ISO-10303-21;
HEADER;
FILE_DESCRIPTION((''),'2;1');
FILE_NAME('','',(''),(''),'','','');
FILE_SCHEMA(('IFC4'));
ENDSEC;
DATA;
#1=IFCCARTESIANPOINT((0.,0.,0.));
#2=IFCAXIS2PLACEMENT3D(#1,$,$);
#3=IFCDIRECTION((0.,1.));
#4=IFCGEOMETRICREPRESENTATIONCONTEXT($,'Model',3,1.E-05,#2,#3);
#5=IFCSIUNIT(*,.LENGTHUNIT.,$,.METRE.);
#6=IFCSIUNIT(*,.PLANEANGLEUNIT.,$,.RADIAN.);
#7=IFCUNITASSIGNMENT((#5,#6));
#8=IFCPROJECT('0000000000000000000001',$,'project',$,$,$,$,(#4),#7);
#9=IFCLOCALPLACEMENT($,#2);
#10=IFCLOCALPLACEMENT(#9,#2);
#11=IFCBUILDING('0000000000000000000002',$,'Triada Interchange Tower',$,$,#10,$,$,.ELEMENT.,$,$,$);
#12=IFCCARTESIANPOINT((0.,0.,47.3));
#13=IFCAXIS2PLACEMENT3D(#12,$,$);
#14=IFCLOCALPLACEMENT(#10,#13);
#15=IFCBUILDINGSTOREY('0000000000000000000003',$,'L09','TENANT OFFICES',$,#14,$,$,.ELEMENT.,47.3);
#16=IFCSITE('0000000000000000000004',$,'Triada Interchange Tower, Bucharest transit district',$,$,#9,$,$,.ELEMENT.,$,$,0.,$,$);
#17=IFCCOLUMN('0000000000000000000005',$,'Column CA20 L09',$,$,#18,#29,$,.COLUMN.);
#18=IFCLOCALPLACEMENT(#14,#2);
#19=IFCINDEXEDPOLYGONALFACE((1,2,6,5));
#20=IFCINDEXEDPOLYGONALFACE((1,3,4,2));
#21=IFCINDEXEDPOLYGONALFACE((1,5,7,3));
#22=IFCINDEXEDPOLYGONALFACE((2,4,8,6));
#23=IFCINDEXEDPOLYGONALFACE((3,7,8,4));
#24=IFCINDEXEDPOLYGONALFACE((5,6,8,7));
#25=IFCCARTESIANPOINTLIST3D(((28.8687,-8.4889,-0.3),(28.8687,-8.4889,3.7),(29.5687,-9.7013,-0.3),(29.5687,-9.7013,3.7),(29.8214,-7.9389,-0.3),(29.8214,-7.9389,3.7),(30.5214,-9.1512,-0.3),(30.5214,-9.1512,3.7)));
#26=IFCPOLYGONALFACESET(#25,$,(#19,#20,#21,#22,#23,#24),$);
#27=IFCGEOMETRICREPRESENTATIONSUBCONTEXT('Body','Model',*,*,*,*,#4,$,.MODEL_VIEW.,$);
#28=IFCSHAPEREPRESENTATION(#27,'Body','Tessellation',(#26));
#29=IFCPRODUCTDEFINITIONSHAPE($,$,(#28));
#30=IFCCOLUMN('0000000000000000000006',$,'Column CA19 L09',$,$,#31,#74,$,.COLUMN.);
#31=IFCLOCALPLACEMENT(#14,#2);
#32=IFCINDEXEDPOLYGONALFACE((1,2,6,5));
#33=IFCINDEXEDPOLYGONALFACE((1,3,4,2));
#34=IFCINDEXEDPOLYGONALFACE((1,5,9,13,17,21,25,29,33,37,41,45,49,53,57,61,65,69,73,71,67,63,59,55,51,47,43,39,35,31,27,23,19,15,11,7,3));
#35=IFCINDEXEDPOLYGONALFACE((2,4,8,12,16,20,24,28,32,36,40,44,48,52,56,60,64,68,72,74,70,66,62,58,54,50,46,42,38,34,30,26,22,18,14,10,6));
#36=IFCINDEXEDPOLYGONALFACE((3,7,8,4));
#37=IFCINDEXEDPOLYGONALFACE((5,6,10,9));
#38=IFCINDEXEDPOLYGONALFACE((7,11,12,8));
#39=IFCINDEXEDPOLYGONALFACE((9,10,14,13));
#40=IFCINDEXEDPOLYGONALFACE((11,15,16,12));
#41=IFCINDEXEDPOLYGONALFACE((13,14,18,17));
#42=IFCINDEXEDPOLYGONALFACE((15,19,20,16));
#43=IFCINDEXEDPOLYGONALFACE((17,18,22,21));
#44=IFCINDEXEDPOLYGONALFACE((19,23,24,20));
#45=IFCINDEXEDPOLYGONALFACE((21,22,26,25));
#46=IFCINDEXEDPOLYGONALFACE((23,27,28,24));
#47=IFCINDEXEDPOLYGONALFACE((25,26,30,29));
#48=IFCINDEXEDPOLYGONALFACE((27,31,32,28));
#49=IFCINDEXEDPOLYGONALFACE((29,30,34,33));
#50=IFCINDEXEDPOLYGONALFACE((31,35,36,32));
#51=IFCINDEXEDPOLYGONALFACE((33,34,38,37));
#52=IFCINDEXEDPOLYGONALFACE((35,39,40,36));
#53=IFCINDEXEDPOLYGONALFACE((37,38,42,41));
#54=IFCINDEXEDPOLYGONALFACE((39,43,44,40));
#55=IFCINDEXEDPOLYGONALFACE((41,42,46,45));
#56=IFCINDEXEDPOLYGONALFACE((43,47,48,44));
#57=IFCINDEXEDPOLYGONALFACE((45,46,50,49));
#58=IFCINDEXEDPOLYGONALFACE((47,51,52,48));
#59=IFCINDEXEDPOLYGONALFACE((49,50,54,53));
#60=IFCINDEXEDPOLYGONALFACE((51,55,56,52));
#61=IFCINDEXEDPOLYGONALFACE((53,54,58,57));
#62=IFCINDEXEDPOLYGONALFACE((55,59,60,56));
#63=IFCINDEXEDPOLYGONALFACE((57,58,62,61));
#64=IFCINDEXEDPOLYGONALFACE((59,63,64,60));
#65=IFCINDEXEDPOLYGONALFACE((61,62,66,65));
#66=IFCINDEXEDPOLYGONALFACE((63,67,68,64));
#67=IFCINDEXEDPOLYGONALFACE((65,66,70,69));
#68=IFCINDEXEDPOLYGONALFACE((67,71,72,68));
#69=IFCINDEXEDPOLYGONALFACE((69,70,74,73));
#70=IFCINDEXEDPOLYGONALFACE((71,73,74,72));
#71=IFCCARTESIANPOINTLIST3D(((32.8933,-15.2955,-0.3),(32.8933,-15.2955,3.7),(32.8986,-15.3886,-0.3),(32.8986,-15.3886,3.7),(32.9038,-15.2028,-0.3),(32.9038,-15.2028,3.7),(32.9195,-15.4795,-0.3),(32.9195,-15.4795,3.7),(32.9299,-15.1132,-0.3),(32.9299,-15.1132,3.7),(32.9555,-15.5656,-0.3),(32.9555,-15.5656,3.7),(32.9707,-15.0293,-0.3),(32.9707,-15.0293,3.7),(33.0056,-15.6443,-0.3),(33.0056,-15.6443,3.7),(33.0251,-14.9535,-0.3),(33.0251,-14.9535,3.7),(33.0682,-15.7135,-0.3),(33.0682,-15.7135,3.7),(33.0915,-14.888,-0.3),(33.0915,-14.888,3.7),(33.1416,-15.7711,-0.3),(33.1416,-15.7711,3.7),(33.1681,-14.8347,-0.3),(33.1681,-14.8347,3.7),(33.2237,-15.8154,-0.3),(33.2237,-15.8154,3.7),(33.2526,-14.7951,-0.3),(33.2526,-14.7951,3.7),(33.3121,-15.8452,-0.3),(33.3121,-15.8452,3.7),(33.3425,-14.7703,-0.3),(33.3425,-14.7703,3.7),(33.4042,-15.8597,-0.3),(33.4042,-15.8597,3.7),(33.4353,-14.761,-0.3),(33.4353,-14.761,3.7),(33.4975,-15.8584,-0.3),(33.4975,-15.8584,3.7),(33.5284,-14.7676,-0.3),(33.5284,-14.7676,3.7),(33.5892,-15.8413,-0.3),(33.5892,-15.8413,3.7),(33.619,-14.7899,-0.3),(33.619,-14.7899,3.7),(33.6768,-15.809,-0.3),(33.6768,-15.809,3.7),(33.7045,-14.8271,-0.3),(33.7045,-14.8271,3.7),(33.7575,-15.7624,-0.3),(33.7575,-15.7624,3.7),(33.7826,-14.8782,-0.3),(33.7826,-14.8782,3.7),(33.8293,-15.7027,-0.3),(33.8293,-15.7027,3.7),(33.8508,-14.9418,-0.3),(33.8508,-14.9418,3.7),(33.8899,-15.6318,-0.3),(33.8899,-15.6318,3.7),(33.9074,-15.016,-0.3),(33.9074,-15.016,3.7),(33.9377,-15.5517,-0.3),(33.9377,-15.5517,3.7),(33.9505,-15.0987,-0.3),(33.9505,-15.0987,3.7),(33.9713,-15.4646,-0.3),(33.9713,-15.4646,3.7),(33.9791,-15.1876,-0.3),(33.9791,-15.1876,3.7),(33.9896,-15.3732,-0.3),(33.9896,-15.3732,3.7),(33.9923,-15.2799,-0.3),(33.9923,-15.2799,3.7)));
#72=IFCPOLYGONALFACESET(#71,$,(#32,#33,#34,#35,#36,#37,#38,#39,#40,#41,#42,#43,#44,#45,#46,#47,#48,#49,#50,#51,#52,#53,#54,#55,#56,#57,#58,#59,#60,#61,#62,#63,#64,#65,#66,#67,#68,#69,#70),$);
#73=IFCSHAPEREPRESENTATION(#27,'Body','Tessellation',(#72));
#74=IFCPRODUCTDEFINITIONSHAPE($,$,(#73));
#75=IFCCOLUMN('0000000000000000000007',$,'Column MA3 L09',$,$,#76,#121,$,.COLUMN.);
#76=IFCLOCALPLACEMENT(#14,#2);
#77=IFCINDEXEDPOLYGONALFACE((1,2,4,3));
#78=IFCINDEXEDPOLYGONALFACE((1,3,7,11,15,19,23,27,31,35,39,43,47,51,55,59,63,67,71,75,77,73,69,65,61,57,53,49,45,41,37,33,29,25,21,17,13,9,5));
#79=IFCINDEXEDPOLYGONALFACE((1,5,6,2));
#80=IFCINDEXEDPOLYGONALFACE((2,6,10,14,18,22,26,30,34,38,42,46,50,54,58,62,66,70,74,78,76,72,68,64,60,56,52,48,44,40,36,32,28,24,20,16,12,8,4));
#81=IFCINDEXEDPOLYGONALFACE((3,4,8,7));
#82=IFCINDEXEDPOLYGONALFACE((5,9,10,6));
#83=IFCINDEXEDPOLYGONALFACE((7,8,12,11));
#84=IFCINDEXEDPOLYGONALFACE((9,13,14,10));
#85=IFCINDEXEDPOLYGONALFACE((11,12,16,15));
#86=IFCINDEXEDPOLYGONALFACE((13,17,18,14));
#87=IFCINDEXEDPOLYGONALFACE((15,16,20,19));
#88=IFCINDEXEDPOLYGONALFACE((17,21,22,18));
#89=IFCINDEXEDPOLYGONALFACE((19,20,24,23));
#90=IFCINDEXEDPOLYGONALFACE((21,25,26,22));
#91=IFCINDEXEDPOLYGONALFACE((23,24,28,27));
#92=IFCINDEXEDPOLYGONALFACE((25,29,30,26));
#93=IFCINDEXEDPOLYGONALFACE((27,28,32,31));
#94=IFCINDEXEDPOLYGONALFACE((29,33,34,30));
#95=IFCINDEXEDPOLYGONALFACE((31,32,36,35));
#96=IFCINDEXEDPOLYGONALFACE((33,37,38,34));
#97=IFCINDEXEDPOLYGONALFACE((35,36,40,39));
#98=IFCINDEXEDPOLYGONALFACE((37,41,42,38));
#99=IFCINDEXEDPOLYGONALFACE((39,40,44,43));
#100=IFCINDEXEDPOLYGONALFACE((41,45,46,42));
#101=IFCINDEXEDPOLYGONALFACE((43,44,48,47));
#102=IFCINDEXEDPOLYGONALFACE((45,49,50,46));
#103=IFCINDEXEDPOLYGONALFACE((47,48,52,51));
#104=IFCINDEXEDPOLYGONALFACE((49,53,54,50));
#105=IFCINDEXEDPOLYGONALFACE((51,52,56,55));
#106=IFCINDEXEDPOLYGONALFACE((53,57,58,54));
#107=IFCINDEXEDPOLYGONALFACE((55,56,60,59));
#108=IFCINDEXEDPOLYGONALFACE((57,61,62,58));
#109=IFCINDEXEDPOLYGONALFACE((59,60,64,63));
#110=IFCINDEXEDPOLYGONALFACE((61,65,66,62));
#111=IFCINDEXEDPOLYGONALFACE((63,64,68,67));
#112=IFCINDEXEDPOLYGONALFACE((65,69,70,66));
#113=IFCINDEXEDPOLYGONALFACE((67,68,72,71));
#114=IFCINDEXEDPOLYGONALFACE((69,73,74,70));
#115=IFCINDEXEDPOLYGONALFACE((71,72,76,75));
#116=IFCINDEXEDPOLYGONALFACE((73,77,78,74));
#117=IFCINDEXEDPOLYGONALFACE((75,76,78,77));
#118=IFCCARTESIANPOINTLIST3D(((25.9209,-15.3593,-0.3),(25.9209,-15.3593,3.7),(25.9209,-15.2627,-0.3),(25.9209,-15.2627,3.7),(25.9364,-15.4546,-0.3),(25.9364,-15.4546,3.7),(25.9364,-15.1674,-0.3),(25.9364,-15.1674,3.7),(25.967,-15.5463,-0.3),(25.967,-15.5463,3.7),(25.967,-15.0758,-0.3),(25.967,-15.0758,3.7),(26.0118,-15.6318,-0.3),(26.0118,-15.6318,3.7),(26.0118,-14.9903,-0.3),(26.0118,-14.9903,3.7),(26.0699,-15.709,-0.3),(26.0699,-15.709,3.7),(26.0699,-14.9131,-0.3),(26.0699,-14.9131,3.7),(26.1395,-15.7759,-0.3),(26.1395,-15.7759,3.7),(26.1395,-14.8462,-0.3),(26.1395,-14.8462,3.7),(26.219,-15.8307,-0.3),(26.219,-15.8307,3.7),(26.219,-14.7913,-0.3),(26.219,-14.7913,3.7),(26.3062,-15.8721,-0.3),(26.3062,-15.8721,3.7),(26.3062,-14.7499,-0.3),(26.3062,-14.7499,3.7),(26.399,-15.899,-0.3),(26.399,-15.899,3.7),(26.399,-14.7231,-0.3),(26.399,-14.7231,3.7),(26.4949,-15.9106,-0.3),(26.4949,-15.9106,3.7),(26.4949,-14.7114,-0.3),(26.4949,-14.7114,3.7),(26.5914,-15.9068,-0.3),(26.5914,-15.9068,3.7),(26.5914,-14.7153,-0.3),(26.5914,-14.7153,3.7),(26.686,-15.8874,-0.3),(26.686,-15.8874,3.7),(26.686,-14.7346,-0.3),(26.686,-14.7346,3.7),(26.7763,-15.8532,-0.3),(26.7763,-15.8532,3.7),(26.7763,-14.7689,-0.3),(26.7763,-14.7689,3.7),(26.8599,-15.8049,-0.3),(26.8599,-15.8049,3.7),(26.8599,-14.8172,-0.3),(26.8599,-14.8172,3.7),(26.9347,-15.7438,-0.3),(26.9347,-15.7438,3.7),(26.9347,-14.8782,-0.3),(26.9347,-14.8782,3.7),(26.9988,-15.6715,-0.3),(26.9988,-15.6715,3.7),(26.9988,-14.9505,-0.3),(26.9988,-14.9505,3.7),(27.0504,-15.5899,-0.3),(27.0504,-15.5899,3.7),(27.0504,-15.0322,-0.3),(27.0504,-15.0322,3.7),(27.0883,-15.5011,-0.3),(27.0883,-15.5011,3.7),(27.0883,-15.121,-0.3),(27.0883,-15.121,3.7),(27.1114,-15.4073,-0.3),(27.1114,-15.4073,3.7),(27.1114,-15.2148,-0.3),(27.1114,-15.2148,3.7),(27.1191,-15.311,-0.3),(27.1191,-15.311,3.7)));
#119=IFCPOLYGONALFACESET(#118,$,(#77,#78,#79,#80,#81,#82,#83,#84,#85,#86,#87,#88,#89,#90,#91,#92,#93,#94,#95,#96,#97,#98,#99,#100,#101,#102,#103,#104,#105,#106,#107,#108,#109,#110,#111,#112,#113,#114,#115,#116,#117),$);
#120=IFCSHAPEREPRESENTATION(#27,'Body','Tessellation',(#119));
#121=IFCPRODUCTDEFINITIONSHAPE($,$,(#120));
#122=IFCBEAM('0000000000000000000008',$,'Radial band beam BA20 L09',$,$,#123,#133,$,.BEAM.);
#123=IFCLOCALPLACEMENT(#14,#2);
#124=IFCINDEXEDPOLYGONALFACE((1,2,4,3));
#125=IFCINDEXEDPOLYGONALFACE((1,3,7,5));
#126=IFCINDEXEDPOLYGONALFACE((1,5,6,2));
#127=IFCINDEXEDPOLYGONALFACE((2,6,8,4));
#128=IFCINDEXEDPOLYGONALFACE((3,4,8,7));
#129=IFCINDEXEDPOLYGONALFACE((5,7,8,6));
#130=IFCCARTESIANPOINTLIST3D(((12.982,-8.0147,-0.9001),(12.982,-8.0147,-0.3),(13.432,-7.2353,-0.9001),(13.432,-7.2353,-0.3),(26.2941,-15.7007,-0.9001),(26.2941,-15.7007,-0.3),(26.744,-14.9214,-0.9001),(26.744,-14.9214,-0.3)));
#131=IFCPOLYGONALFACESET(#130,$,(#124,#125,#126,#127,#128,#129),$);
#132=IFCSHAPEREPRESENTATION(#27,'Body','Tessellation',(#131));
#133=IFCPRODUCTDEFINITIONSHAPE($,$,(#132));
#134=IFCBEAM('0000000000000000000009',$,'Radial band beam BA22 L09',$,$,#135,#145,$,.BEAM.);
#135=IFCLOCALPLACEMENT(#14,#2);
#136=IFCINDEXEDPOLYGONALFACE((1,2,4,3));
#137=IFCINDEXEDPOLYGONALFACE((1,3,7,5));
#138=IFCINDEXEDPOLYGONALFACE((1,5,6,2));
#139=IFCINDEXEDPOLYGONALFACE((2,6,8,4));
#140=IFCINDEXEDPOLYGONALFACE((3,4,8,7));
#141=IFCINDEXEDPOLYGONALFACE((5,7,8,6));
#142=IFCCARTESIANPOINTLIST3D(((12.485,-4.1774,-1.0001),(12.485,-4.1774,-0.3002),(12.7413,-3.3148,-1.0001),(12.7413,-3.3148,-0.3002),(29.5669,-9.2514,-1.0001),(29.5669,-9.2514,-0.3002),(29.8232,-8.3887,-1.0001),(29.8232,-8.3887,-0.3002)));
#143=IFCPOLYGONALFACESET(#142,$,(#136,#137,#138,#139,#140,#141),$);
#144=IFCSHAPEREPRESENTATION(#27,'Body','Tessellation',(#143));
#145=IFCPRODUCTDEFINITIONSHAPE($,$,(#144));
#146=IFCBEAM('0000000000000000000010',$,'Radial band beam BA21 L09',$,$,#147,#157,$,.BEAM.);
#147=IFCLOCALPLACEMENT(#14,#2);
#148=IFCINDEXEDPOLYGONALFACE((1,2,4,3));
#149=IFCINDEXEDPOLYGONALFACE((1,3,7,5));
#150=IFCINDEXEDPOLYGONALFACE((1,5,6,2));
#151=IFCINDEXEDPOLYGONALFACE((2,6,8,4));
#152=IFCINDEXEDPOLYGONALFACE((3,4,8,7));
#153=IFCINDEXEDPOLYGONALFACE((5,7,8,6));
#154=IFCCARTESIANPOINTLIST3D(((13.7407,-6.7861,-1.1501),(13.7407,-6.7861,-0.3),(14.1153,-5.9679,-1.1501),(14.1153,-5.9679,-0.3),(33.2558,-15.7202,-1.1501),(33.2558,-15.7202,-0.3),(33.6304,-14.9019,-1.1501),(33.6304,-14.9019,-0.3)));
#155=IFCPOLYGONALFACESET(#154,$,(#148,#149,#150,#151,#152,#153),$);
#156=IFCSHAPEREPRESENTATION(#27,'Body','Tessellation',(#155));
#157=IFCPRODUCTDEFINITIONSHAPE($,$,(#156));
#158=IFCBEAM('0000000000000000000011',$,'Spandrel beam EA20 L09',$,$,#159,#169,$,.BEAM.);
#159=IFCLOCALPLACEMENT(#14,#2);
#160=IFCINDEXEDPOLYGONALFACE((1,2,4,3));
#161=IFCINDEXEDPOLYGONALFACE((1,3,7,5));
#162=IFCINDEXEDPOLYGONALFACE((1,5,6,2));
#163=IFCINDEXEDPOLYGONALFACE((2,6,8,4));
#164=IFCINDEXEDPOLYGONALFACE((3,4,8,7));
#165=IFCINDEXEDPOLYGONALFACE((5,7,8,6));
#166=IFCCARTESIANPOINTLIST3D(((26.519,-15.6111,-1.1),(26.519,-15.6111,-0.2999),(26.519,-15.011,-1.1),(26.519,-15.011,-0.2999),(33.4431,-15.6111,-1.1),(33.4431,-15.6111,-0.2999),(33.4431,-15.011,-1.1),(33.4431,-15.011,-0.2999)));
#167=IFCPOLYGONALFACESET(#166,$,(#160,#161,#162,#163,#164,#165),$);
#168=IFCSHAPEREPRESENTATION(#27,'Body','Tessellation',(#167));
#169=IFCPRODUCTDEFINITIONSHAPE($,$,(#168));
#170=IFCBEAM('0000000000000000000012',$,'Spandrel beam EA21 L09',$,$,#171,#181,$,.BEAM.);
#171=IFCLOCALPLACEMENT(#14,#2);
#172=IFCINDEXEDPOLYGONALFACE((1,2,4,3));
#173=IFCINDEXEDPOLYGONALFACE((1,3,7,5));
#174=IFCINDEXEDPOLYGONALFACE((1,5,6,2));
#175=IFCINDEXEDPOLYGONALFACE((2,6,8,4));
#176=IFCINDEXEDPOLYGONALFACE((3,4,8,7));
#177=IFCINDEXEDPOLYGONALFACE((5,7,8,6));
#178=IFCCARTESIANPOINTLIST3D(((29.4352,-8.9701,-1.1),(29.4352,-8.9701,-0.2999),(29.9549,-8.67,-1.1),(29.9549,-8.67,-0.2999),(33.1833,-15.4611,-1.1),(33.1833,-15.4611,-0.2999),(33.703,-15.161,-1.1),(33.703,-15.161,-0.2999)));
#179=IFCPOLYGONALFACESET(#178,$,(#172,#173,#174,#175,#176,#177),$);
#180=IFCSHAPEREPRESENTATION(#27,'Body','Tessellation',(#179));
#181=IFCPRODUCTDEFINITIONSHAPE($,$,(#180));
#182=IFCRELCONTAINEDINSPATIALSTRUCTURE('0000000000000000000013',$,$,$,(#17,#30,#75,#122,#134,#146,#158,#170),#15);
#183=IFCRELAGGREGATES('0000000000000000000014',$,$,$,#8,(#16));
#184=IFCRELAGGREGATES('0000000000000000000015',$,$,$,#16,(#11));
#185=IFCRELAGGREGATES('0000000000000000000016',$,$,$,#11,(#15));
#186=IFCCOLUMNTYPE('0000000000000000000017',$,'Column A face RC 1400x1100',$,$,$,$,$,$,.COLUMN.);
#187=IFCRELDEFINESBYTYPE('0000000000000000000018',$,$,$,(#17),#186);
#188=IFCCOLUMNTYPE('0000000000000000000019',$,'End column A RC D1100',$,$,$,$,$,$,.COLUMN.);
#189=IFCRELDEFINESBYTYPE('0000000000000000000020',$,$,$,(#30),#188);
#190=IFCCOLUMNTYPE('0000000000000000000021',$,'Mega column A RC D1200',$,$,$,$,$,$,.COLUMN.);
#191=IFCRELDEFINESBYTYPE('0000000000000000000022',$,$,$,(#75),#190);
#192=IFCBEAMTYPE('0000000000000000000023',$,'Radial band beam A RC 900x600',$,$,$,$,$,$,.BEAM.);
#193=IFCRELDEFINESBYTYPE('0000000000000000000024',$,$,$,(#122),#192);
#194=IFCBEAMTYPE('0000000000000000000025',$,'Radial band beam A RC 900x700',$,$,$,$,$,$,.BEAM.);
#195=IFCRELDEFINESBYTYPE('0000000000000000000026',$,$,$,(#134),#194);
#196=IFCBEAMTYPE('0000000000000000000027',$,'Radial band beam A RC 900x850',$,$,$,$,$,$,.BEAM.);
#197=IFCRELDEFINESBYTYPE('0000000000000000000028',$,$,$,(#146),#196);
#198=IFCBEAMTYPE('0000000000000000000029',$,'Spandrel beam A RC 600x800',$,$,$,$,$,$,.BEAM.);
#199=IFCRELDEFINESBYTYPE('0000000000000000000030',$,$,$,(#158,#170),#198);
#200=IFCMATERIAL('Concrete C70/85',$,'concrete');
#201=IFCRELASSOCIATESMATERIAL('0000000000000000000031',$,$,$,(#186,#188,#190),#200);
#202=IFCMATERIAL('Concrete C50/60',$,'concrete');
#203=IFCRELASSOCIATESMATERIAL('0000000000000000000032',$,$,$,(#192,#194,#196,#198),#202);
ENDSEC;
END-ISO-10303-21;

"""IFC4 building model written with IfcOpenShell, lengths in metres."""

from ifc_helpers import new_model, si_unit, direction, frame, origin, origin_2d, place, context, subcontext, project, spatial, rectangle, circle, extrude, material, material_profile, profile_set, type_object, element, save


model = new_model("IFC4")

# Units and contexts
model_context = context("Model", 3, precision=1e-05, world=origin(), true_north=direction((0.0, 1.0)))
body_context = subcontext(model_context, "Body", "Model", "MODEL_VIEW")
ifc_project = project(units=[si_unit("LENGTHUNIT", "METRE"), si_unit("PLANEANGLEUNIT", "RADIAN")], contexts=[model_context])

# Site, building, storey
site_placement = place(None, origin())
site = spatial("IfcSite", under=ifc_project, at=site_placement, Name="Triada Interchange Tower, Bucharest transit district", CompositionType="ELEMENT", RefElevation=0.0)
building_placement = place(site_placement, origin())
building = spatial("IfcBuilding", under=site, at=building_placement, Name="Triada Interchange Tower", CompositionType="ELEMENT")
storey_placement = place(building_placement, frame((0.0, 0.0, 47.3)))
storey = spatial("IfcBuildingStorey", under=building, at=storey_placement, Name="L09", Description="TENANT OFFICES", CompositionType="ELEMENT", Elevation=47.3)

# Columns
ifc_material_1 = material(Name="Concrete C70/85", Category="concrete")
ifc_material_profile_1 = material_profile(ifc_material_1, rectangle(XDim=1.3999, YDim=1.1001, at=origin_2d()), Name="RC 1400x1100")
ifc_profile_set_1 = profile_set([ifc_material_profile_1], Name="Concrete C70/85")
column_type_1 = type_object("IfcColumnType", Name="Column A face RC 1400x1100", PredefinedType="COLUMN", material=ifc_profile_set_1)
column_1_placement = place(storey_placement, frame((29.6951, -8.8201, -0.3), z_axis=(0.0, 0.0, 1.0), x_axis=(-0.5, 0.866025, 0.0)))
element("IfcColumn", 1, at=column_1_placement, inside=storey, type_object=column_type_1, Name="Column CA20 L09", PredefinedType="COLUMN", context=body_context, shape_type="SweptSolid", body=[
    extrude(rectangle(XDim=1.3999, YDim=1.1001, at=origin_2d()), origin(), (0.0, 0.0, 1.0), 4.0),
])
ifc_material_profile_2 = material_profile(ifc_material_1, circle(Radius=0.55, at=origin_2d()), Name="RC D1100")
ifc_profile_set_2 = profile_set([ifc_material_profile_2], Name="Concrete C70/85")
column_type_2 = type_object("IfcColumnType", Name="End column A RC D1100", PredefinedType="COLUMN", material=ifc_profile_set_2)
column_2_placement = place(storey_placement, frame((33.4431, -15.311, -0.3), z_axis=(0.0, 0.0, 1.0), x_axis=(-0.5, 0.866025, 0.0)))
element("IfcColumn", 2, at=column_2_placement, inside=storey, type_object=column_type_2, Name="Column CA19 L09", PredefinedType="COLUMN", context=body_context, shape_type="SweptSolid", body=[
    extrude(circle(Radius=0.55, at=origin_2d()), origin(), (0.0, 0.0, 1.0), 4.0),
])
ifc_material_profile_3 = material_profile(ifc_material_1, circle(Radius=0.6001, at=origin_2d()), Name="RC D1200")
ifc_profile_set_3 = profile_set([ifc_material_profile_3], Name="Concrete C70/85")
column_type_3 = type_object("IfcColumnType", Name="Mega column A RC D1200", PredefinedType="COLUMN", material=ifc_profile_set_3)
column_3_placement = place(storey_placement, frame((26.519, -15.311, -0.3), z_axis=(0.0, 0.0, 1.0), x_axis=(1.0, 0.0, 0.0)))
element("IfcColumn", 3, at=column_3_placement, inside=storey, type_object=column_type_3, Name="Column MA3 L09", PredefinedType="COLUMN", context=body_context, shape_type="SweptSolid", body=[
    extrude(circle(Radius=0.6001, at=origin_2d()), origin(), (0.0, 0.0, 1.0), 4.0),
])

# Beams
ifc_material_2 = material(Name="Concrete C50/60", Category="concrete")
ifc_material_profile_4 = material_profile(ifc_material_2, rectangle(XDim=0.8999, YDim=0.6001, at=origin_2d()), Name="RC 900x600")
ifc_profile_set_4 = profile_set([ifc_material_profile_4], Name="Concrete C50/60")
beam_type_1 = type_object("IfcBeamType", Name="Radial band beam A RC 900x600", PredefinedType="BEAM", material=ifc_profile_set_4)
beam_1_placement = place(storey_placement, frame((26.519, -15.311, -0.6001), z_axis=(-0.866016, 0.500017, 0.0), x_axis=(-0.500017, -0.866016, 0.0)))
element("IfcBeam", 4, at=beam_1_placement, inside=storey, type_object=beam_type_1, Name="Radial band beam BA20 L09", PredefinedType="BEAM", context=body_context, shape_type="SweptSolid", body=[
    extrude(rectangle(XDim=0.8999, YDim=0.6001, at=origin_2d()), origin(), (0.0, 0.0, 1.0), 15.3716),
])
ifc_material_profile_5 = material_profile(ifc_material_2, rectangle(XDim=0.8999, YDim=0.7, at=origin_2d()), Name="RC 900x700")
ifc_profile_set_5 = profile_set([ifc_material_profile_5], Name="Concrete C50/60")
beam_type_2 = type_object("IfcBeamType", Name="Radial band beam A RC 900x700", PredefinedType="BEAM", material=ifc_profile_set_5)
beam_2_placement = place(storey_placement, frame((29.6951, -8.8201, -0.6501), z_axis=(-0.958605, 0.28474, 0.0), x_axis=(-0.28474, -0.958605, 0.0)))
element("IfcBeam", 5, at=beam_2_placement, inside=storey, type_object=beam_type_2, Name="Radial band beam BA22 L09", PredefinedType="BEAM", context=body_context, shape_type="SweptSolid", body=[
    extrude(rectangle(XDim=0.8999, YDim=0.7, at=origin_2d()), origin(), (0.0, 0.0, 1.0), 17.8196),
])
ifc_material_profile_6 = material_profile(ifc_material_2, rectangle(XDim=0.8999, YDim=0.8501, at=origin_2d()), Name="RC 900x850")
ifc_profile_set_6 = profile_set([ifc_material_profile_6], Name="Concrete C50/60")
beam_type_3 = type_object("IfcBeamType", Name="Radial band beam A RC 900x850", PredefinedType="BEAM", material=ifc_profile_set_6)
beam_3_placement = place(storey_placement, frame((33.4431, -15.311, -0.7251), z_axis=(-0.909247, 0.416256, 0.0), x_axis=(-0.416256, -0.909247, 0.0)))
element("IfcBeam", 6, at=beam_3_placement, inside=storey, type_object=beam_type_3, Name="Radial band beam BA21 L09", PredefinedType="BEAM", context=body_context, shape_type="SweptSolid", body=[
    extrude(rectangle(XDim=0.8999, YDim=0.8501, at=origin_2d()), origin(), (0.0, 0.0, 1.0), 21.4629),
])
ifc_material_profile_7 = material_profile(ifc_material_2, rectangle(XDim=0.6001, YDim=0.8, at=origin_2d()), Name="RC 600x800")
ifc_profile_set_7 = profile_set([ifc_material_profile_7], Name="Concrete C50/60")
beam_type_4 = type_object("IfcBeamType", Name="Spandrel beam A RC 600x800", PredefinedType="BEAM", material=ifc_profile_set_7)
beam_4_placement = place(storey_placement, frame((26.519, -15.311, -0.7), z_axis=(1.0, 0.0, 0.0), x_axis=(0.0, 1.0, 0.0)))
element("IfcBeam", 7, at=beam_4_placement, inside=storey, type_object=beam_type_4, Name="Spandrel beam EA20 L09", PredefinedType="BEAM", context=body_context, shape_type="SweptSolid", body=[
    extrude(rectangle(XDim=0.6001, YDim=0.8, at=origin_2d()), origin(), (0.0, 0.0, 1.0), 6.9241),
])
beam_5_placement = place(storey_placement, frame((33.4431, -15.311, -0.7), z_axis=(-0.500049, 0.865997, 0.0), x_axis=(-0.865997, -0.500049, 0.0)))
element("IfcBeam", 8, at=beam_5_placement, inside=storey, type_object=beam_type_4, Name="Spandrel beam EA21 L09", PredefinedType="BEAM", context=body_context, shape_type="SweptSolid", body=[
    extrude(rectangle(XDim=0.6001, YDim=0.8, at=origin_2d()), origin(), (0.0, 0.0, 1.0), 7.4954),
])

save(model, "model.ifc")
